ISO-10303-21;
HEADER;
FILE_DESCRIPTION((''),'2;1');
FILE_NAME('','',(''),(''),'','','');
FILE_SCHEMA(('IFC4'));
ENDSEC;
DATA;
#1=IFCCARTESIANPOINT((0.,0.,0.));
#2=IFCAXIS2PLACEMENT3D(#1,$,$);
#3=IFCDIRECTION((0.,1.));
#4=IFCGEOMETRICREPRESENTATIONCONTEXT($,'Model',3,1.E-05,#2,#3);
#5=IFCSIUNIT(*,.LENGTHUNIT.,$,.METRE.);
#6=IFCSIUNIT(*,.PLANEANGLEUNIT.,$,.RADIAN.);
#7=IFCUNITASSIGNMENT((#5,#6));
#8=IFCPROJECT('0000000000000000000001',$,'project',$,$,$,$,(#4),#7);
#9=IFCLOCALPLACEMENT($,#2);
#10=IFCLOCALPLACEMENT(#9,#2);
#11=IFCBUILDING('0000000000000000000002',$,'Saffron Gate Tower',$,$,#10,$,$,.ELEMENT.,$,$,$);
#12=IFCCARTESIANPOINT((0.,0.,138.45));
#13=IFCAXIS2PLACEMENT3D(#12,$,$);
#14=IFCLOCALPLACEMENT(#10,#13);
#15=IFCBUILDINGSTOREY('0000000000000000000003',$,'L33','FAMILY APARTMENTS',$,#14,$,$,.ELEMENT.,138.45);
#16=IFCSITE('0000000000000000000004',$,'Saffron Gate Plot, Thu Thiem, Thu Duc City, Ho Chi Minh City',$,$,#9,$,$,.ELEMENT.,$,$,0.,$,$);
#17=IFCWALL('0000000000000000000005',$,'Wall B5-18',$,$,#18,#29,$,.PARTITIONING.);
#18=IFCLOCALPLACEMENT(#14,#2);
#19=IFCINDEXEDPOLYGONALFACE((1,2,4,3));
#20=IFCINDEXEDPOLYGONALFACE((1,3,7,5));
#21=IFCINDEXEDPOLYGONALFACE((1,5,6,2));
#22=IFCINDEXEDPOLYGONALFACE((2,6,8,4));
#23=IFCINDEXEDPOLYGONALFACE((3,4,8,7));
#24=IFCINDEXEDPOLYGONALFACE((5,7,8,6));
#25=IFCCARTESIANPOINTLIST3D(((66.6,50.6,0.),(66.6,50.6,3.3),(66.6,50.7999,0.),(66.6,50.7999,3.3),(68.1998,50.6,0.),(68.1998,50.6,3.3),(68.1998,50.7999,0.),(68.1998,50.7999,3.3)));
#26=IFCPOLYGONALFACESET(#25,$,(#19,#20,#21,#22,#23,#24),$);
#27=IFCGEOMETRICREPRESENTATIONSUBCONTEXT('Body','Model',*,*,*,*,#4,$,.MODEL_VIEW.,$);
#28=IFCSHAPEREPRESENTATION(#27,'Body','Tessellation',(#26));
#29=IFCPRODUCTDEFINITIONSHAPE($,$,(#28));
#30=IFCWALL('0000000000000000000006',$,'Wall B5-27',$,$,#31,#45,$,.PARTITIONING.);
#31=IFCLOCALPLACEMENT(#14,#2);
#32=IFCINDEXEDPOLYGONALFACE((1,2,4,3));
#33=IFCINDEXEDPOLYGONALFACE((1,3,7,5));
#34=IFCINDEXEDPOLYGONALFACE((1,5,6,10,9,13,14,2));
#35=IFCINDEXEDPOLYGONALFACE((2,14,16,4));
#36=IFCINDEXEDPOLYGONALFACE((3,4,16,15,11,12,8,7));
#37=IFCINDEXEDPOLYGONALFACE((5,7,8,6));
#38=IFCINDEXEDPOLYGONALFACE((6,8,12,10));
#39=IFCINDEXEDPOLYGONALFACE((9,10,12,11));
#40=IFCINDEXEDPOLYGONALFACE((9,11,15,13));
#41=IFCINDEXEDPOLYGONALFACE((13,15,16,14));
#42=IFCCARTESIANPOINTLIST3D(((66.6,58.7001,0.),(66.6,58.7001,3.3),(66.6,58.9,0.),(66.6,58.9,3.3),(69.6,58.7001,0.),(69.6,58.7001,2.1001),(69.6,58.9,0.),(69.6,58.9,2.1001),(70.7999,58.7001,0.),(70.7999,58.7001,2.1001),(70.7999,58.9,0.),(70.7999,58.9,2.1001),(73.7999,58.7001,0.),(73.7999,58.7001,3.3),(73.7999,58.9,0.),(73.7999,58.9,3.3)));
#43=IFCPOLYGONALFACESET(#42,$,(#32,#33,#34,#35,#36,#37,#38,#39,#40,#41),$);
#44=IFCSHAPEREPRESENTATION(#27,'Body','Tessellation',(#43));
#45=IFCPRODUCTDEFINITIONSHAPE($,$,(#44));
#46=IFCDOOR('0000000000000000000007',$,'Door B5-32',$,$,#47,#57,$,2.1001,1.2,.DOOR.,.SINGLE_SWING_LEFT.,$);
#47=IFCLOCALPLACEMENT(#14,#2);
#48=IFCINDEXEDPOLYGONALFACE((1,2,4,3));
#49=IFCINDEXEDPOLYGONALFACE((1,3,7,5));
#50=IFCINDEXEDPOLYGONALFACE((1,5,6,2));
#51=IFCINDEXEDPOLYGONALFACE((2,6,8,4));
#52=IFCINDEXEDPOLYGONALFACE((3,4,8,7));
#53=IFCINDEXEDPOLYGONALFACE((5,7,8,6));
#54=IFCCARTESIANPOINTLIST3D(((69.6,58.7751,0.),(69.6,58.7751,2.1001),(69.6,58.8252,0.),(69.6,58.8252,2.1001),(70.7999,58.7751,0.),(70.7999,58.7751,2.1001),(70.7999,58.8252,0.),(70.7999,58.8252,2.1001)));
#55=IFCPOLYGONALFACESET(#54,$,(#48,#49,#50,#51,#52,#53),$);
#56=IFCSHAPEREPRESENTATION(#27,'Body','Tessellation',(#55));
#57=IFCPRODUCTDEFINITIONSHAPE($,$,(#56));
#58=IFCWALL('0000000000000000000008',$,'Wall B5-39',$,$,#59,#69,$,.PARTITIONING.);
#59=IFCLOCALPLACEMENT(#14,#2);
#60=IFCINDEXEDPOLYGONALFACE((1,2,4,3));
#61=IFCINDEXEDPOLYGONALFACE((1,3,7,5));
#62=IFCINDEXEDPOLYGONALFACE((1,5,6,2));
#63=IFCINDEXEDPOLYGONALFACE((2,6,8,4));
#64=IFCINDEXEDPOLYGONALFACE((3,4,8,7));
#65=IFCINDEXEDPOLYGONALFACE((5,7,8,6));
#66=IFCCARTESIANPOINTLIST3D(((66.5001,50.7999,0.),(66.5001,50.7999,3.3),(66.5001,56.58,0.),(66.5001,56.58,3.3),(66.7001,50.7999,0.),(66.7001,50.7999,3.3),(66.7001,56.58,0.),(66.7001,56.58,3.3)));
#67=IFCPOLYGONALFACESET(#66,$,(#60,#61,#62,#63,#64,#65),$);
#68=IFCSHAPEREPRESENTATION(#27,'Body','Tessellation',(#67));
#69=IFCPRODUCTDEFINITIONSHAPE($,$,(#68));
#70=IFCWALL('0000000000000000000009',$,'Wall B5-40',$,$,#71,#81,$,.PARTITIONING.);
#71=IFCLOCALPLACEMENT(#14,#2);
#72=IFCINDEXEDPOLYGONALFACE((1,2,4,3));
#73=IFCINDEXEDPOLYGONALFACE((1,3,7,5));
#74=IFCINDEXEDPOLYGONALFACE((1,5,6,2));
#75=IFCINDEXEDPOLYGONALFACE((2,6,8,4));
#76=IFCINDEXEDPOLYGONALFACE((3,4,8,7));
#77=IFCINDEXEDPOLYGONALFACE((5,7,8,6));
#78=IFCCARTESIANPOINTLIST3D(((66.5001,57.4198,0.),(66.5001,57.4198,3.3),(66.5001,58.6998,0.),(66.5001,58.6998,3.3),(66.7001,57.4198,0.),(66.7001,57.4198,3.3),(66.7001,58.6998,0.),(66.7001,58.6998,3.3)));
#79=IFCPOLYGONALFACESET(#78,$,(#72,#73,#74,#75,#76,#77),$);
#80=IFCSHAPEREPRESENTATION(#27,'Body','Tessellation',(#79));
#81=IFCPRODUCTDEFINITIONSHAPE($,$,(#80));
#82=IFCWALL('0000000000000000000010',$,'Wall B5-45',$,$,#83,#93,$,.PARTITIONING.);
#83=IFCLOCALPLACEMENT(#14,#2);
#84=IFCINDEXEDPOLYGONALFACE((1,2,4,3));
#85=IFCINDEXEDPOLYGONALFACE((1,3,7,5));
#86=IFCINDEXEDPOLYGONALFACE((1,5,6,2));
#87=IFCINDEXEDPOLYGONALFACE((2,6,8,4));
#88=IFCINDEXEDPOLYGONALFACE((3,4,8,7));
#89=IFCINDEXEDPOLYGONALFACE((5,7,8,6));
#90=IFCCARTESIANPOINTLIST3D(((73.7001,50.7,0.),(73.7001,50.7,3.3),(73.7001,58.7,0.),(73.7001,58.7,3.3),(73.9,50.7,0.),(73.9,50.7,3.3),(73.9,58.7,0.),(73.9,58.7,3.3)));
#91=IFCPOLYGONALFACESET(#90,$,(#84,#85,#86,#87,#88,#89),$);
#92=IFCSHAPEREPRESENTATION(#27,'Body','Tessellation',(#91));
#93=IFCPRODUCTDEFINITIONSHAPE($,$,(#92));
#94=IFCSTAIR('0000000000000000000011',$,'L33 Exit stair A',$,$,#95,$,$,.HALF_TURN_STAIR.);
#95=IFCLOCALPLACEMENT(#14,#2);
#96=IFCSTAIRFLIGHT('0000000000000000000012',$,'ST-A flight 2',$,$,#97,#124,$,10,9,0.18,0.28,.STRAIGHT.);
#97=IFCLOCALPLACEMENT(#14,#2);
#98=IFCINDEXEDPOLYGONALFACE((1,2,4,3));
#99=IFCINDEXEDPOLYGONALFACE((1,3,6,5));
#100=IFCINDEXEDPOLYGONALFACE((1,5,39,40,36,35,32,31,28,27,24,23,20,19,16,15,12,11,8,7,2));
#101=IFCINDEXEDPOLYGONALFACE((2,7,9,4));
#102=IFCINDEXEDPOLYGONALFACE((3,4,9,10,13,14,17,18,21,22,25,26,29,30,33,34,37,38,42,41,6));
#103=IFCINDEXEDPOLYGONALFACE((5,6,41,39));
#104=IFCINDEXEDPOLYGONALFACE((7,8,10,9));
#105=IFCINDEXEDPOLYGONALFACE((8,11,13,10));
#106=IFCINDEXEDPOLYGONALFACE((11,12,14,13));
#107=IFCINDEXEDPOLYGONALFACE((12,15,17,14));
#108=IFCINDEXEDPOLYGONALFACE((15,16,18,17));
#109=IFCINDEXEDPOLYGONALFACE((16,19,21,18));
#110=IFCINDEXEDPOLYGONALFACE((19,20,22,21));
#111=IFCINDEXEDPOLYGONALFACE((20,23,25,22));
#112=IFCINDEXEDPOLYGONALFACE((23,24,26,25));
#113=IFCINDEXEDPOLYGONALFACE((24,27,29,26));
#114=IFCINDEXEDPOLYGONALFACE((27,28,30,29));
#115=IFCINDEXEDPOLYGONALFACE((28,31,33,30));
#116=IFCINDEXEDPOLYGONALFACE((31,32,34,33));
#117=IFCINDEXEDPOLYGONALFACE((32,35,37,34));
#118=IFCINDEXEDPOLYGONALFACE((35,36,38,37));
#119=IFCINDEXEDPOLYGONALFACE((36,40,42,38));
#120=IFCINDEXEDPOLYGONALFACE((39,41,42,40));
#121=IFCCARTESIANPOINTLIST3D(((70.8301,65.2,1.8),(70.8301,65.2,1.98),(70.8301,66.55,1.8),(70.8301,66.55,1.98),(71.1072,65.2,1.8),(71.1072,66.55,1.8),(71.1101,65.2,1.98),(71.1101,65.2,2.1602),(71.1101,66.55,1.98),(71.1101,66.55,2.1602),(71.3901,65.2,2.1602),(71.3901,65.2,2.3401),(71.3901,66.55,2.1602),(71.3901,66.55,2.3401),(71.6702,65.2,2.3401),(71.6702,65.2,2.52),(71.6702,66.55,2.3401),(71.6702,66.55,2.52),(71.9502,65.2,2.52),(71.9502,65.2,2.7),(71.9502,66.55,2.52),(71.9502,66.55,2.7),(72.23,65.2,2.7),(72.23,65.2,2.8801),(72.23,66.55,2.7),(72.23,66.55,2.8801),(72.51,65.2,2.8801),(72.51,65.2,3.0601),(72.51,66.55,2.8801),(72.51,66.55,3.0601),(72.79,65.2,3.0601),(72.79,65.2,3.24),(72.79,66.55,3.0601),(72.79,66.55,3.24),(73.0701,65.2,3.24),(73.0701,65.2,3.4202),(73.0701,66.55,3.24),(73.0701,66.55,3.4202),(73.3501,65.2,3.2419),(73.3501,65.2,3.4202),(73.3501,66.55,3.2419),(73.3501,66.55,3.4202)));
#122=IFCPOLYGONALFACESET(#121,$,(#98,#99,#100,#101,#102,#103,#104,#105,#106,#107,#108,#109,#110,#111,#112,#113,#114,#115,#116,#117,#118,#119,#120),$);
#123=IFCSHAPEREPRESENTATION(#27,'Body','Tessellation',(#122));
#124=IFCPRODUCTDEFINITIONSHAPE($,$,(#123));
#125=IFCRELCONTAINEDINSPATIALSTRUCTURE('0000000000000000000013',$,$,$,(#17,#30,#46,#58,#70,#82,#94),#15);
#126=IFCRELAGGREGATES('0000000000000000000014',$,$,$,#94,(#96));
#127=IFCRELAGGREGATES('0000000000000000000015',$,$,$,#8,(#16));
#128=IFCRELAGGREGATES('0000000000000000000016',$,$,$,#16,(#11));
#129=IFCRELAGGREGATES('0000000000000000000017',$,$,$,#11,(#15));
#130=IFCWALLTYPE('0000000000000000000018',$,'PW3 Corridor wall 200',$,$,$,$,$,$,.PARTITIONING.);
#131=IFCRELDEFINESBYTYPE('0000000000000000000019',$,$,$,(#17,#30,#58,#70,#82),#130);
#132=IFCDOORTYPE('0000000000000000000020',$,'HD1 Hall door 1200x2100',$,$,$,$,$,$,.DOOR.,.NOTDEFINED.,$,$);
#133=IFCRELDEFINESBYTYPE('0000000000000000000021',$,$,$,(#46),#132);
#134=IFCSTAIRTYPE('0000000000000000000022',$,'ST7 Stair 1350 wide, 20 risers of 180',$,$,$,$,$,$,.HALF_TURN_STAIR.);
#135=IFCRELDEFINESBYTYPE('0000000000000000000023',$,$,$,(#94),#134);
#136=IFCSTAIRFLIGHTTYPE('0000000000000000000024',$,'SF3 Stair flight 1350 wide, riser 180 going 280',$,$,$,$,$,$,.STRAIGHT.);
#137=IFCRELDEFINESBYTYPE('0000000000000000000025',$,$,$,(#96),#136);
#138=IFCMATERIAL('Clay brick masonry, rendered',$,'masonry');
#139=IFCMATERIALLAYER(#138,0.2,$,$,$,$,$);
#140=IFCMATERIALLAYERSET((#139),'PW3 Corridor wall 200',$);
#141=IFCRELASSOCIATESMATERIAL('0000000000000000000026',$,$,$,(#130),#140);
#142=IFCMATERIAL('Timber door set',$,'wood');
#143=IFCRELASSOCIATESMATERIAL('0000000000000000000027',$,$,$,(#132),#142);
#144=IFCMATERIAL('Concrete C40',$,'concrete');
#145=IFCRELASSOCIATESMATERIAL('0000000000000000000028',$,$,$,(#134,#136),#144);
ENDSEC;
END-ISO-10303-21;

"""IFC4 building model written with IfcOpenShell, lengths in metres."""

from ifc_helpers import new_model, si_unit, direction, frame, frame_2d, origin, place, context, subcontext, project, spatial, polyline, rectangle, outline, extrude, material, layer, layer_set, type_object, element, fill, aggregate, save


model = new_model("IFC4")

# Units and contexts
model_context = context("Model", 3, precision=1e-05, world=origin(), true_north=direction((0.0, 1.0)))
body_context = subcontext(model_context, "Body", "Model", "MODEL_VIEW")
ifc_project = project(units=[si_unit("LENGTHUNIT", "METRE"), si_unit("PLANEANGLEUNIT", "RADIAN")], contexts=[model_context])

# Site, building, storey
site_placement = place(None, origin())
site = spatial("IfcSite", under=ifc_project, at=site_placement, Name="Saffron Gate Plot, Thu Thiem, Thu Duc City, Ho Chi Minh City", CompositionType="ELEMENT", RefElevation=0.0)
building_placement = place(site_placement, origin())
building = spatial("IfcBuilding", under=site, at=building_placement, Name="Saffron Gate Tower", CompositionType="ELEMENT")
storey_placement = place(building_placement, frame((0.0, 0.0, 138.45)))
storey = spatial("IfcBuildingStorey", under=building, at=storey_placement, Name="L33", Description="FAMILY APARTMENTS", CompositionType="ELEMENT", Elevation=138.45)

# Wall
ifc_material_1 = material(Name="Clay brick masonry, rendered", Category="masonry")
ifc_layer_1 = layer(ifc_material_1, 0.2)
ifc_layer_set_1 = layer_set([ifc_layer_1], Name="PW3 Corridor wall 200")
wall_type_1 = type_object("IfcWallType", Name="PW3 Corridor wall 200", PredefinedType="PARTITIONING", material=ifc_layer_set_1)
wall_1_placement = place(storey_placement, frame((66.6001, 50.7, 0.0), z_axis=(0.0, 0.0, 1.0), x_axis=(1.0, 0.0, 0.0)))
element("IfcWall", 1, at=wall_1_placement, inside=storey, type_object=wall_type_1, Name="Wall B5-18", PredefinedType="PARTITIONING", context=body_context, shape_type="SweptSolid", body=[
    extrude(rectangle(XDim=1.5999, YDim=0.2, at=frame_2d((0.7998, 0.0))), origin(), (0.0, 0.0, 1.0), 3.3),
])

# Wall, opening, door
wall_2_placement = place(storey_placement, frame((73.8, 58.8, 0.0), z_axis=(0.0, 0.0, 1.0), x_axis=(-1.0, 0.0, 0.0)))
wall_2 = element("IfcWall", 2, at=wall_2_placement, inside=storey, type_object=wall_type_1, Name="Wall B5-27", PredefinedType="PARTITIONING", context=body_context, shape_type="SweptSolid", body=[
    extrude(rectangle(XDim=7.2, YDim=0.2, at=frame_2d((3.6001, 0.0))), origin(), (0.0, 0.0, 1.0), 3.3),
])
opening_1_placement = place(wall_2_placement, frame((3.0, 0.0, 0.0)))
opening_1 = element("IfcOpeningElement", 3, at=opening_1_placement, cuts=wall_2, PredefinedType="OPENING", context=body_context, shape_type="SweptSolid", body=[
    extrude(rectangle(XDim=1.2, YDim=2.1001, at=frame_2d((0.6001, 1.05))), frame((0.0, 0.1099, 0.0), z_axis=(0.0, -1.0, 0.0), x_axis=(1.0, 0.0, 0.0)), (0.0, 0.0, 1.0), 0.22),
])
ifc_material_2 = material(Name="Timber door set", Category="wood")
door_type_1 = type_object("IfcDoorType", Name="HD1 Hall door 1200x2100", OperationType="NOTDEFINED", PredefinedType="DOOR", material=ifc_material_2)
door_1_placement = place(opening_1_placement, origin())
door_1 = element("IfcDoor", 4, at=door_1_placement, inside=storey, type_object=door_type_1, Name="Door B5-32", OperationType="SINGLE_SWING_LEFT", OverallHeight=2.1001, OverallWidth=1.2, PredefinedType="DOOR", context=body_context, shape_type="SweptSolid", body=[
    extrude(rectangle(XDim=1.2, YDim=2.1001, at=frame_2d((0.6001, 1.05))), frame((0.0, 0.0249, 0.0), z_axis=(0.0, -1.0, 0.0), x_axis=(1.0, 0.0, 0.0)), (0.0, 0.0, 1.0), 0.05),
])
fill(opening_1, door_1)

# Walls
wall_3_placement = place(storey_placement, frame((66.6001, 56.5801, 0.0), z_axis=(0.0, 0.0, 1.0), x_axis=(0.0, -1.0, 0.0)))
element("IfcWall", 5, at=wall_3_placement, inside=storey, type_object=wall_type_1, Name="Wall B5-39", PredefinedType="PARTITIONING", context=body_context, shape_type="SweptSolid", body=[
    extrude(rectangle(XDim=5.78, YDim=0.2, at=frame_2d((2.8901, 0.0))), origin(), (0.0, 0.0, 1.0), 3.3),
])
wall_4_placement = place(storey_placement, frame((66.6001, 58.7, 0.0), z_axis=(0.0, 0.0, 1.0), x_axis=(0.0, -1.0, 0.0)))
element("IfcWall", 6, at=wall_4_placement, inside=storey, type_object=wall_type_1, Name="Wall B5-40", PredefinedType="PARTITIONING", context=body_context, shape_type="SweptSolid", body=[
    extrude(rectangle(XDim=1.28, YDim=0.2, at=frame_2d((0.6401, 0.0))), origin(), (0.0, 0.0, 1.0), 3.3),
])
wall_5_placement = place(storey_placement, frame((73.8, 58.7, 0.0), z_axis=(0.0, 0.0, 1.0), x_axis=(0.0, -1.0, 0.0)))
element("IfcWall", 7, at=wall_5_placement, inside=storey, type_object=wall_type_1, Name="Wall B5-45", PredefinedType="PARTITIONING", context=body_context, shape_type="SweptSolid", body=[
    extrude(rectangle(XDim=8.0, YDim=0.2, at=frame_2d((4.0, 0.0))), origin(), (0.0, 0.0, 1.0), 3.3),
])

# Stair, stair flight
ifc_material_3 = material(Name="Concrete C40", Category="concrete")
stair_type = type_object("IfcStairType", Name="ST7 Stair 1350 wide, 20 risers of 180", PredefinedType="HALF_TURN_STAIR", material=ifc_material_3)
stair_placement = place(storey_placement, origin())
stair = element("IfcStair", 8, at=stair_placement, inside=storey, type_object=stair_type, Name="L33 Exit stair A", PredefinedType="HALF_TURN_STAIR")
stair_flight_type = type_object("IfcStairFlightType", Name="SF3 Stair flight 1350 wide, riser 180 going 280", PredefinedType="STRAIGHT", material=ifc_material_3)
stair_flight_placement = place(storey_placement, frame((70.8301, 65.875, 1.8), z_axis=(0.0, 0.0, 1.0), x_axis=(1.0, 0.0, 0.0)))
stair_flight = element("IfcStairFlight", 9, at=stair_flight_placement, type_object=stair_flight_type, Name="ST-A flight 2", NumberOfRisers=10, NumberOfTreads=9, PredefinedType="STRAIGHT", RiserHeight=0.18, TreadLength=0.28, context=body_context, shape_type="SweptSolid", body=[
    extrude(outline(polyline([(0.0, 0.0), (0.0, 0.1799), (0.28, 0.1799), (0.28, 0.3601), (0.5601, 0.3601), (0.5601, 0.54), (0.8401, 0.54), (0.8401, 0.72), (1.1201, 0.72), (1.1201, 0.8999), (1.3999, 0.8999), (1.3999, 1.0801), (1.6799, 1.0801), (1.6799, 1.26), (1.96, 1.26), (1.96, 1.4399), (2.24, 1.4399), (2.24, 1.6201), (2.52, 1.6201), (2.52, 1.8), (2.52, 1.4419), (0.2771, 0.0), (0.0, 0.0)])), frame((0.0, 0.675, 0.0), z_axis=(0.0, -1.0, 0.0), x_axis=(1.0, 0.0, 0.0)), (0.0, 0.0, 1.0), 1.3501),
])
aggregate(stair, [stair_flight])

save(model, "model.ifc")
